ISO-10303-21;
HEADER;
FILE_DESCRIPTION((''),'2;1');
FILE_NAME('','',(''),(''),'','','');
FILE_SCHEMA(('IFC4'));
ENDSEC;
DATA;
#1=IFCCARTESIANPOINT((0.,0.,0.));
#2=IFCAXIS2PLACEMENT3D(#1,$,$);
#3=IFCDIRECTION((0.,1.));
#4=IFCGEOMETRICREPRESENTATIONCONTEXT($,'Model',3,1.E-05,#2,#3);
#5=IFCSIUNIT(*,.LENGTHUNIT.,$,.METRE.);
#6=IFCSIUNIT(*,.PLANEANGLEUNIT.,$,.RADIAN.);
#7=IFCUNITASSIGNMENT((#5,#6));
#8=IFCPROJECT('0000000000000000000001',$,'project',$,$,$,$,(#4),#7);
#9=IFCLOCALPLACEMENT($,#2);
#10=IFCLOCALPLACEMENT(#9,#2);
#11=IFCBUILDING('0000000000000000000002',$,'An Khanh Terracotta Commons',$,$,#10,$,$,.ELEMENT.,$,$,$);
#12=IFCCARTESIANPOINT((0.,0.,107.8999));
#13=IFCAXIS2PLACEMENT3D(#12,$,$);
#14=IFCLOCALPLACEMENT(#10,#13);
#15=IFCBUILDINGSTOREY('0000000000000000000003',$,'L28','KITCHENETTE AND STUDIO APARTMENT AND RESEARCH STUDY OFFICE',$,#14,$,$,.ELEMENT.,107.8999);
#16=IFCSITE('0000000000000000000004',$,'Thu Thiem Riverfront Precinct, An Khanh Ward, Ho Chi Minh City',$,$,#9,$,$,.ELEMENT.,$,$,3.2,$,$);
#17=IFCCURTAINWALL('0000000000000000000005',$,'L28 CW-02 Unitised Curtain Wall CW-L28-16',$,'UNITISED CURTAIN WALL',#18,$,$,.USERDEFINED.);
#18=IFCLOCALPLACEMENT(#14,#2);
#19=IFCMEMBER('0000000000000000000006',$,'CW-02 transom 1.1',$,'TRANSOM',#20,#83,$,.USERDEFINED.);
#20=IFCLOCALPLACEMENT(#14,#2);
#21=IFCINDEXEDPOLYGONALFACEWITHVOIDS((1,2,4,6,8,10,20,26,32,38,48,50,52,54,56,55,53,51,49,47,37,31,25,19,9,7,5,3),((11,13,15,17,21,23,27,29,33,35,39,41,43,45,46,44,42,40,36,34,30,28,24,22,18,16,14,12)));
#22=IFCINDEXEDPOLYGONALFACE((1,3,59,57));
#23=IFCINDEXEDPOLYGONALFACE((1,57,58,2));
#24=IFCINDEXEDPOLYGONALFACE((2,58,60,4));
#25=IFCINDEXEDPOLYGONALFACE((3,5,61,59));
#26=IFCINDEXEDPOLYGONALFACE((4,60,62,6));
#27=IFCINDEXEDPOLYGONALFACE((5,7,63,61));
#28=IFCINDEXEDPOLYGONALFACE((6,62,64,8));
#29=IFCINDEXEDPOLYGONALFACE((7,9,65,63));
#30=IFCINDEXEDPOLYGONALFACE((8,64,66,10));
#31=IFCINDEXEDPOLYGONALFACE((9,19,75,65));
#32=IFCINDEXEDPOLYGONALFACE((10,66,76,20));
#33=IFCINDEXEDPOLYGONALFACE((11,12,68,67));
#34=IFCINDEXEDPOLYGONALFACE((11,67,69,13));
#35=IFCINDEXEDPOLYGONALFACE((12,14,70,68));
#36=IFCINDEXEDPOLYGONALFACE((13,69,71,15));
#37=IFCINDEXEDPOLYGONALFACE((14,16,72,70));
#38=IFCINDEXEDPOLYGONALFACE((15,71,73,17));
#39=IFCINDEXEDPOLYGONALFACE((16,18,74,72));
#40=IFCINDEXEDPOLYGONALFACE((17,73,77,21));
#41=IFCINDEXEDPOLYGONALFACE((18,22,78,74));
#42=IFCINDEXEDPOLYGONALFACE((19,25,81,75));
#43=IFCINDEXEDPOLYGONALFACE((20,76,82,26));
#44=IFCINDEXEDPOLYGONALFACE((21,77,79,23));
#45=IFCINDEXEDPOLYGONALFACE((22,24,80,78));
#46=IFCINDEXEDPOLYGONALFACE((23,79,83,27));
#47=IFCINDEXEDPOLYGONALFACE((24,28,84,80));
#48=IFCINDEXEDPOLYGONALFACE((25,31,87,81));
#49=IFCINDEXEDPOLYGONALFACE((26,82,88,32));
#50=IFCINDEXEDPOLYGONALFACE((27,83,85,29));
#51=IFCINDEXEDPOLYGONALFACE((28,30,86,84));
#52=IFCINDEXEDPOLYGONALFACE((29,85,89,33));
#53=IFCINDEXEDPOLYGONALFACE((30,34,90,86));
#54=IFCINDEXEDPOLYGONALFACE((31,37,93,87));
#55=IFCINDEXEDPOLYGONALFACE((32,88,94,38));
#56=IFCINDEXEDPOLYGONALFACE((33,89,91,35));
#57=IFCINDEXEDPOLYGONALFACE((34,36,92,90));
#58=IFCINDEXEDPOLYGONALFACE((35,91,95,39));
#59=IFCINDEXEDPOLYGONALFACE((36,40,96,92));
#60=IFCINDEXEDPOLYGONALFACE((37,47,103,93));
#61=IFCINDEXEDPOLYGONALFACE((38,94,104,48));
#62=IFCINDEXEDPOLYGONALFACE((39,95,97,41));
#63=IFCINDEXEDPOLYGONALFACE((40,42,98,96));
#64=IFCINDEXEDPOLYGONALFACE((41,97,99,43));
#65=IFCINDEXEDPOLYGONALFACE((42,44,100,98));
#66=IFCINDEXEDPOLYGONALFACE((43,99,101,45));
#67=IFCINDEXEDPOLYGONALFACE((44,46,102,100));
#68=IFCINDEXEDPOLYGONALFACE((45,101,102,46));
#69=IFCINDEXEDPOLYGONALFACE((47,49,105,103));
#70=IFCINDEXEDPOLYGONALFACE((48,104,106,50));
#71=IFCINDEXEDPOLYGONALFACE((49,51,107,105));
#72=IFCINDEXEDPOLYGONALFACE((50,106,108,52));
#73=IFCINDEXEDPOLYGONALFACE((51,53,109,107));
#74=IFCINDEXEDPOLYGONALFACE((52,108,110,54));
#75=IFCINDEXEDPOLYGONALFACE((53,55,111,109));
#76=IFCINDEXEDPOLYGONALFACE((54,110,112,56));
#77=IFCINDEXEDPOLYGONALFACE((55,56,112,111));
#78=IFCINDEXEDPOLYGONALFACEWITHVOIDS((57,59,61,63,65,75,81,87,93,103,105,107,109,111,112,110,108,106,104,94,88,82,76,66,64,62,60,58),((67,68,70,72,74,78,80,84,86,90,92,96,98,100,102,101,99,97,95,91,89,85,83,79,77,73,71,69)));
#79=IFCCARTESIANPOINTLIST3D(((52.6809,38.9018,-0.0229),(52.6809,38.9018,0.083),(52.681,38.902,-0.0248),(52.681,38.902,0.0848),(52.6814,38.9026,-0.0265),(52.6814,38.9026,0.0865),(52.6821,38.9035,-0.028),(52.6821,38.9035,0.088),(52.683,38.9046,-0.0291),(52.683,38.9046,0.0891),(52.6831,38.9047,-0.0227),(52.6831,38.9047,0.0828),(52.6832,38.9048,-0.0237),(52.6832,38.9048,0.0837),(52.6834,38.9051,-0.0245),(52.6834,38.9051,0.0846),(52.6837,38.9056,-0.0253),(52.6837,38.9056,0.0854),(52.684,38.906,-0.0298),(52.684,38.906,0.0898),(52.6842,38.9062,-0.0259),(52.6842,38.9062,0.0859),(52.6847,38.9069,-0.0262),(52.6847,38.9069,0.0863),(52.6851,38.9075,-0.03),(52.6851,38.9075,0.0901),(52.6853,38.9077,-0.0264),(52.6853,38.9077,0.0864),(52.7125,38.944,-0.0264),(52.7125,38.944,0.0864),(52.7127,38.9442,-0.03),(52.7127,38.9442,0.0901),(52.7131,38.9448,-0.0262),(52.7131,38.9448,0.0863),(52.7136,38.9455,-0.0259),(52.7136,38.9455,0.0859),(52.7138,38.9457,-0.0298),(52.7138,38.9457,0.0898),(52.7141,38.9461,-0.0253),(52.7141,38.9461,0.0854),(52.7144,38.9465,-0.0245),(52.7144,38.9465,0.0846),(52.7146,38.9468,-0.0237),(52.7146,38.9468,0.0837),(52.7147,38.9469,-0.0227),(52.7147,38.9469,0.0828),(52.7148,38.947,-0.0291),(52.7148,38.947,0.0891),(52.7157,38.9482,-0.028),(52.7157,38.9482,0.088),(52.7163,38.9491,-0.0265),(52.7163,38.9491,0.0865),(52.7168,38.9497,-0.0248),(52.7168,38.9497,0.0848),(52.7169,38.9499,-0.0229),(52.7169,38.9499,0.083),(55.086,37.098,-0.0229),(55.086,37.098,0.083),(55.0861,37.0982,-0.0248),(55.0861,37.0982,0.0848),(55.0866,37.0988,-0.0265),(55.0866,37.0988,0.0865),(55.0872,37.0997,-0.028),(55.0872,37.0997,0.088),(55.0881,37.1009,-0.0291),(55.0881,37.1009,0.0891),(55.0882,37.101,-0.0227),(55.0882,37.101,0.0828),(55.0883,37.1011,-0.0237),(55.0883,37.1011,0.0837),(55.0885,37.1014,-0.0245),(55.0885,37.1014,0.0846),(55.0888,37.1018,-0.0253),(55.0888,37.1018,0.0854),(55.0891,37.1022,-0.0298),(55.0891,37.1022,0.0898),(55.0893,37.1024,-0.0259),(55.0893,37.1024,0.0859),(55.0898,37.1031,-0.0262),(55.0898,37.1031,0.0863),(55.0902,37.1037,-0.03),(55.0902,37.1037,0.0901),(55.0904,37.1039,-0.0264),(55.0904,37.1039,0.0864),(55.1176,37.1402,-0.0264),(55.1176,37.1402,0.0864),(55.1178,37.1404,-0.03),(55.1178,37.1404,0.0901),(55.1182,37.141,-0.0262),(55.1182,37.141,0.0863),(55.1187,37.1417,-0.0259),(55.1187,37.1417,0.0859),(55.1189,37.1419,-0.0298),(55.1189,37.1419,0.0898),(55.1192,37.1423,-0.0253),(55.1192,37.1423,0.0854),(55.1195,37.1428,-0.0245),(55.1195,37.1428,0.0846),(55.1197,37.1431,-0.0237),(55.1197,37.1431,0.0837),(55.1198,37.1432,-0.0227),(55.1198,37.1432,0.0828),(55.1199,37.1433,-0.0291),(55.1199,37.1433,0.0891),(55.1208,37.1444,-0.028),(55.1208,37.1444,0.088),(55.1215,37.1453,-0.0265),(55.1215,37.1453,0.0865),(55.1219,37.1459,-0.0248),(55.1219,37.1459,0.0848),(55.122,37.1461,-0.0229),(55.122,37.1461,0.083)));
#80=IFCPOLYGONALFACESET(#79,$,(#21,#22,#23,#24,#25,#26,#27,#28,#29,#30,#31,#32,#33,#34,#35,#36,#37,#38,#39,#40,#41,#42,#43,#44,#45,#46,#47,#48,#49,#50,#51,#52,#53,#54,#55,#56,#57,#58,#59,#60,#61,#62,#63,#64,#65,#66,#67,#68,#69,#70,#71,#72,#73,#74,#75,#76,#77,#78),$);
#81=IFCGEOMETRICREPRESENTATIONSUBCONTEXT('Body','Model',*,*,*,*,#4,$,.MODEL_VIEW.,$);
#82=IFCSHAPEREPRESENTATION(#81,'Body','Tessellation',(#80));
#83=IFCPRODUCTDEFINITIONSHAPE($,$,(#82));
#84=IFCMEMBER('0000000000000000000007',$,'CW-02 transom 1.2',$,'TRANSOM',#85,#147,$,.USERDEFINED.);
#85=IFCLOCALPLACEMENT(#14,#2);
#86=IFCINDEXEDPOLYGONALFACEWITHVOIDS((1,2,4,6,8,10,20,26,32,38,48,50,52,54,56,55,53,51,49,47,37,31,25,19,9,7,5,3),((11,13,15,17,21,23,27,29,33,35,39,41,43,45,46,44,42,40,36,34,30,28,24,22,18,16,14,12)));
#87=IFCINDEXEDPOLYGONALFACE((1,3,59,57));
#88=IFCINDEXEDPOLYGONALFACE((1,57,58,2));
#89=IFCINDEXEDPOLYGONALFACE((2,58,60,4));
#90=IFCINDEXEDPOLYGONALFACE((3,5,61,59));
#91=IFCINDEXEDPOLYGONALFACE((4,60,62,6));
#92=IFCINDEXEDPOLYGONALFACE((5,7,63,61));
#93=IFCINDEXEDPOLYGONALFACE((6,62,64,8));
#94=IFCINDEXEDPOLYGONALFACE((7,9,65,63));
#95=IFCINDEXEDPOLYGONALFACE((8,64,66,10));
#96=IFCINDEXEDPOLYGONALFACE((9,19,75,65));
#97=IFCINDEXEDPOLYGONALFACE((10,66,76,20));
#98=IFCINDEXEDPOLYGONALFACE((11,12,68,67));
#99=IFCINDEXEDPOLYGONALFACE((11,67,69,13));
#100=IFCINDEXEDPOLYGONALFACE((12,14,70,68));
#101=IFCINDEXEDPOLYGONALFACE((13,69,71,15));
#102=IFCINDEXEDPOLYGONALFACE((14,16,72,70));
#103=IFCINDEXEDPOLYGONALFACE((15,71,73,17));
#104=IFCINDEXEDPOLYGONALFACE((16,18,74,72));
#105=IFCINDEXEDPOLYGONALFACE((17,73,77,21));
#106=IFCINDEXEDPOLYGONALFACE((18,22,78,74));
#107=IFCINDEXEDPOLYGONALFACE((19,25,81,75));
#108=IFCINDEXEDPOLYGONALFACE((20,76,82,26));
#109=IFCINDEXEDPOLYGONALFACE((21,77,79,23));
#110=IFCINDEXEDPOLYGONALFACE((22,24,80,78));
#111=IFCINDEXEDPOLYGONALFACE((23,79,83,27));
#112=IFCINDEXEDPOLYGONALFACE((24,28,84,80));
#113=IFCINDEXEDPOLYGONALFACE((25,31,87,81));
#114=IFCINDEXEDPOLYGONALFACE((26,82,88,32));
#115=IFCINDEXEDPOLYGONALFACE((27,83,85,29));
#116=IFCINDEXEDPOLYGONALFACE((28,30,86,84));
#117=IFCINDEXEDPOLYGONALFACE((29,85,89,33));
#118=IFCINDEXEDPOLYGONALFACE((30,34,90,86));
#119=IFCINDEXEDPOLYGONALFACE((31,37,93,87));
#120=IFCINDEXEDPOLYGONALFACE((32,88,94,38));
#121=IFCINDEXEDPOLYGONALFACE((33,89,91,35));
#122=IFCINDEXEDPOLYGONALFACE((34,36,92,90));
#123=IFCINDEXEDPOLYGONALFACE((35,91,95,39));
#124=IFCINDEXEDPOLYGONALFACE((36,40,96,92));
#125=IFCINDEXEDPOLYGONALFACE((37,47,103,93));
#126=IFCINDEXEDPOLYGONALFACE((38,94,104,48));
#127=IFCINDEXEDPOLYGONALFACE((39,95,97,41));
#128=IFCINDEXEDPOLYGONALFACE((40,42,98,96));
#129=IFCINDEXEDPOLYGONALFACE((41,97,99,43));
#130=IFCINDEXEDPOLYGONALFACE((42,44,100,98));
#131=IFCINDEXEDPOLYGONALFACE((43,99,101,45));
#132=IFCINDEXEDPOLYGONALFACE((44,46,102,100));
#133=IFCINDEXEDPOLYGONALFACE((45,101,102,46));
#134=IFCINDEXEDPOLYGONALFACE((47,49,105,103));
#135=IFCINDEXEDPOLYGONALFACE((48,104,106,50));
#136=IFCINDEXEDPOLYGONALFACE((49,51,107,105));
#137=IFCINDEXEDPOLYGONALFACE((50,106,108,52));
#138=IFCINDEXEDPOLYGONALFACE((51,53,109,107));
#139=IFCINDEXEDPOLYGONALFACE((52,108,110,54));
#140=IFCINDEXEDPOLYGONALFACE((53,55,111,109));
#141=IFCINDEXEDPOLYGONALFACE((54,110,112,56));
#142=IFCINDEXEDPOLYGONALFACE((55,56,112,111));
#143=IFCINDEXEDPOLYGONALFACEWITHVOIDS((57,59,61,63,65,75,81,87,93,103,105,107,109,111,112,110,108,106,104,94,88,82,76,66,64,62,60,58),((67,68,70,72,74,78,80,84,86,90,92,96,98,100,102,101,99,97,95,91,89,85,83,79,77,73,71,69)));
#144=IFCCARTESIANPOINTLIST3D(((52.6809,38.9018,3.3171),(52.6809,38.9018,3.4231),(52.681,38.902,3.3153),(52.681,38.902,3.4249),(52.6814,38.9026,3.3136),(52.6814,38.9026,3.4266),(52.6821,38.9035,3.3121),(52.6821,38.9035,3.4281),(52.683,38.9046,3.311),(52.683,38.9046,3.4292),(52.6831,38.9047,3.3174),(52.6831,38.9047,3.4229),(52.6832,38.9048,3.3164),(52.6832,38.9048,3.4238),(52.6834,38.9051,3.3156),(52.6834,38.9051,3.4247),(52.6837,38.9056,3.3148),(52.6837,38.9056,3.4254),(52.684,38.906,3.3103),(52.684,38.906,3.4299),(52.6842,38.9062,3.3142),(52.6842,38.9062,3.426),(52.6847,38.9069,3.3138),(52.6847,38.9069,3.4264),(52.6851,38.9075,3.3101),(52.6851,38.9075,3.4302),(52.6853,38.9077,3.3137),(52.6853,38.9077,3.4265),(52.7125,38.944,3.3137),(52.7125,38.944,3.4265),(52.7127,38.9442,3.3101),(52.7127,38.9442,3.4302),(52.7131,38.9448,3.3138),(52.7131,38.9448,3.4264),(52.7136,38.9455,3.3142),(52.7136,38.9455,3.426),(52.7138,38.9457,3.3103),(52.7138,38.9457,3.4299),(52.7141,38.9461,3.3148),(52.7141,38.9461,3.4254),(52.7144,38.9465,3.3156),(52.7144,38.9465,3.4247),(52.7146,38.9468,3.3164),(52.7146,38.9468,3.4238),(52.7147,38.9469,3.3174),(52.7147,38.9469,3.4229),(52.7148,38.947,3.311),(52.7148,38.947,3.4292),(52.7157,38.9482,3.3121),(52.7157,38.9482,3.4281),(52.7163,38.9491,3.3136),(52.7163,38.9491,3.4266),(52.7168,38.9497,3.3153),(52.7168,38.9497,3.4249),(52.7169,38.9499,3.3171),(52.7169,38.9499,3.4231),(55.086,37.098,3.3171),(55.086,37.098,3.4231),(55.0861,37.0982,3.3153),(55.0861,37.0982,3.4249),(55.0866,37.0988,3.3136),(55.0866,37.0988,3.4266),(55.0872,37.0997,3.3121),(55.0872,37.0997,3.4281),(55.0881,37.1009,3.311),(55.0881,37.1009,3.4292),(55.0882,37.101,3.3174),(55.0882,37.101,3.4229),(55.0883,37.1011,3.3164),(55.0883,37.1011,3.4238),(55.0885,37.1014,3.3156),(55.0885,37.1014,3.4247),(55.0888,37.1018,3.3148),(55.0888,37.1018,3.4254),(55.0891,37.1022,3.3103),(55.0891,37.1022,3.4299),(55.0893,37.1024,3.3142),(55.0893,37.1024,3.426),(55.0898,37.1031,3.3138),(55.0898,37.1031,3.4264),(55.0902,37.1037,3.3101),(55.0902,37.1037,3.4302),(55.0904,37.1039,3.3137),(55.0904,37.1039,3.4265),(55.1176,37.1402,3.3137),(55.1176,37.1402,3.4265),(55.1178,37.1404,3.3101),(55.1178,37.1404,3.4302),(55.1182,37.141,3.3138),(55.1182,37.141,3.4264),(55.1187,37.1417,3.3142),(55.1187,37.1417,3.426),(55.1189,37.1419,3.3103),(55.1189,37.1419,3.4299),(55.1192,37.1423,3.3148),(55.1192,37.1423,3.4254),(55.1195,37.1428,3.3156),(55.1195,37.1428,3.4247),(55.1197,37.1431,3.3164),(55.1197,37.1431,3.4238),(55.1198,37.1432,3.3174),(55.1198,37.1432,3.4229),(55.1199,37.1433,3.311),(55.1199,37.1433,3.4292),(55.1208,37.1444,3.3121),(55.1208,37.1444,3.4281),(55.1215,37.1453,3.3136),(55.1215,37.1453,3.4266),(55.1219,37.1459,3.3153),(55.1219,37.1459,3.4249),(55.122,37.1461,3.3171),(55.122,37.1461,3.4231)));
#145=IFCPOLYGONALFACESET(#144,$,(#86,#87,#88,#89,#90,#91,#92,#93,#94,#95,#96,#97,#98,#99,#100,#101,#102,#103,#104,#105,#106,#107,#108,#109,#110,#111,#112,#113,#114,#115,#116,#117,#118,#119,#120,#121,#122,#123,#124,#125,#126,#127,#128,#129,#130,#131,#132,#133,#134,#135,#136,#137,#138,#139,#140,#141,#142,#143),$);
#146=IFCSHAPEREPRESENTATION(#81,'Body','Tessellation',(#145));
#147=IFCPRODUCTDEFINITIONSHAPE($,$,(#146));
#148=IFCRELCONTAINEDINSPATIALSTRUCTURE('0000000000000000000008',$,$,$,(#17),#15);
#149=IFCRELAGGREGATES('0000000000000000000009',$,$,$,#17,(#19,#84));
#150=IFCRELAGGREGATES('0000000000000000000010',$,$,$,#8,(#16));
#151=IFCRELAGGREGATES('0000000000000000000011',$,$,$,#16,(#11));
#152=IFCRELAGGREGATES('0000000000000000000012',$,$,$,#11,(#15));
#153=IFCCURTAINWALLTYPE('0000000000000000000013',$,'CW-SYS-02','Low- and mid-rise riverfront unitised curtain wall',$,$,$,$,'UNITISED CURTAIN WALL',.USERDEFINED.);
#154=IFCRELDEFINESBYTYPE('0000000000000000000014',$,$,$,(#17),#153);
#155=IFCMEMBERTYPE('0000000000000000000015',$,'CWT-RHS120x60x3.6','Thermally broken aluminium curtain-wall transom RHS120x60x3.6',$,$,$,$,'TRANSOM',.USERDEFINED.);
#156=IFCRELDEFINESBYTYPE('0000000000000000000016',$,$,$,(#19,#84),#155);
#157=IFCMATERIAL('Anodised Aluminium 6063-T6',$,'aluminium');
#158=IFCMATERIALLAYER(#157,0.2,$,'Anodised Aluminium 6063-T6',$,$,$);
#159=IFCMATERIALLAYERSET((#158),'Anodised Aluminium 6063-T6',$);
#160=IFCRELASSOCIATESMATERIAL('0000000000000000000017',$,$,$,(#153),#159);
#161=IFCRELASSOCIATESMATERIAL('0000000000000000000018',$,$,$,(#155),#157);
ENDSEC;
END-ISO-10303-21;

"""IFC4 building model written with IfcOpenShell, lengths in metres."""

from ifc_helpers import new_model, si_unit, direction, frame, origin, origin_2d, place, context, subcontext, project, spatial, hollow_rectangle, extrude, material, layer, layer_set, material_profile, profile_set, type_object, element, aggregate, save


model = new_model("IFC4")

# Units and contexts
model_context = context("Model", 3, precision=1e-05, world=origin(), true_north=direction((0.0, 1.0)))
body_context = subcontext(model_context, "Body", "Model", "MODEL_VIEW")
ifc_project = project(units=[si_unit("LENGTHUNIT", "METRE"), si_unit("PLANEANGLEUNIT", "RADIAN")], contexts=[model_context])

# Site, building, storey
site_placement = place(None, origin())
site = spatial("IfcSite", under=ifc_project, at=site_placement, Name="Thu Thiem Riverfront Precinct, An Khanh Ward, Ho Chi Minh City", CompositionType="ELEMENT", RefElevation=3.2)
building_placement = place(site_placement, origin())
building = spatial("IfcBuilding", under=site, at=building_placement, Name="An Khanh Terracotta Commons", CompositionType="ELEMENT")
storey_placement = place(building_placement, frame((0.0, 0.0, 107.8999)))
storey = spatial("IfcBuildingStorey", under=building, at=storey_placement, Name="L28", Description="KITCHENETTE AND STUDIO APARTMENT AND RESEARCH STUDY OFFICE", CompositionType="ELEMENT", Elevation=107.8999)

# Shared definitions
ifc_material_1 = material(Name="Anodised Aluminium 6063-T6", Category="aluminium")
ifc_layer_1 = layer(ifc_material_1, 0.2, Name="Anodised Aluminium 6063-T6")
ifc_layer_set_1 = layer_set([ifc_layer_1], Name="Anodised Aluminium 6063-T6")
curtain_wall_type = type_object("IfcCurtainWallType", Name="CW-SYS-02", Description="Low- and mid-rise riverfront unitised curtain wall", ElementType="UNITISED CURTAIN WALL", PredefinedType="USERDEFINED", material=ifc_layer_set_1)

# Curtain wall, members
curtain_wall_1_placement = place(storey_placement, origin())
curtain_wall_1 = element("IfcCurtainWall", 1, at=curtain_wall_1_placement, inside=storey, type_object=curtain_wall_type, Name="L28 CW-02 Unitised Curtain Wall CW-L28-16", ObjectType="UNITISED CURTAIN WALL", PredefinedType="USERDEFINED")
ifc_material_profile_1 = material_profile(ifc_material_1, hollow_rectangle(XDim=0.0601, YDim=0.1201, WallThickness=0.0037, InnerFilletRadius=0.0037, OuterFilletRadius=0.0071, at=origin_2d()), Name="RHS120x60x3.6")
ifc_profile_set_1 = profile_set([ifc_material_profile_1], Name="Anodised Aluminium 6063-T6")
member_type_1 = type_object("IfcMemberType", Name="CWT-RHS120x60x3.6", Description="Thermally broken aluminium curtain-wall transom RHS120x60x3.6", ElementType="TRANSOM", PredefinedType="USERDEFINED", material=ifc_profile_set_1)
member_1_placement = place(storey_placement, frame((55.104, 37.1221, 0.03), z_axis=(-0.80001, 0.599987, 0.0), x_axis=(-0.599987, -0.80001, 0.0)))
member_1 = element("IfcMember", 2, at=member_1_placement, type_object=member_type_1, Name="CW-02 transom 1.1", ObjectType="TRANSOM", PredefinedType="USERDEFINED", context=body_context, shape_type="SweptSolid", body=[
    extrude(hollow_rectangle(XDim=0.0601, YDim=0.1201, WallThickness=0.0037, InnerFilletRadius=0.0037, OuterFilletRadius=0.0071, at=origin_2d()), origin(), (0.0, 0.0, 1.0), 3.0063),
])
member_2_placement = place(storey_placement, frame((55.104, 37.1221, 3.3701), z_axis=(-0.80001, 0.599987, 0.0), x_axis=(-0.599987, -0.80001, 0.0)))
member_2 = element("IfcMember", 3, at=member_2_placement, type_object=member_type_1, Name="CW-02 transom 1.2", ObjectType="TRANSOM", PredefinedType="USERDEFINED", context=body_context, shape_type="SweptSolid", body=[
    extrude(hollow_rectangle(XDim=0.0601, YDim=0.1201, WallThickness=0.0037, InnerFilletRadius=0.0037, OuterFilletRadius=0.0071, at=origin_2d()), origin(), (0.0, 0.0, 1.0), 3.0063),
])
aggregate(curtain_wall_1, [member_1, member_2])

save(model, "model.ifc")
